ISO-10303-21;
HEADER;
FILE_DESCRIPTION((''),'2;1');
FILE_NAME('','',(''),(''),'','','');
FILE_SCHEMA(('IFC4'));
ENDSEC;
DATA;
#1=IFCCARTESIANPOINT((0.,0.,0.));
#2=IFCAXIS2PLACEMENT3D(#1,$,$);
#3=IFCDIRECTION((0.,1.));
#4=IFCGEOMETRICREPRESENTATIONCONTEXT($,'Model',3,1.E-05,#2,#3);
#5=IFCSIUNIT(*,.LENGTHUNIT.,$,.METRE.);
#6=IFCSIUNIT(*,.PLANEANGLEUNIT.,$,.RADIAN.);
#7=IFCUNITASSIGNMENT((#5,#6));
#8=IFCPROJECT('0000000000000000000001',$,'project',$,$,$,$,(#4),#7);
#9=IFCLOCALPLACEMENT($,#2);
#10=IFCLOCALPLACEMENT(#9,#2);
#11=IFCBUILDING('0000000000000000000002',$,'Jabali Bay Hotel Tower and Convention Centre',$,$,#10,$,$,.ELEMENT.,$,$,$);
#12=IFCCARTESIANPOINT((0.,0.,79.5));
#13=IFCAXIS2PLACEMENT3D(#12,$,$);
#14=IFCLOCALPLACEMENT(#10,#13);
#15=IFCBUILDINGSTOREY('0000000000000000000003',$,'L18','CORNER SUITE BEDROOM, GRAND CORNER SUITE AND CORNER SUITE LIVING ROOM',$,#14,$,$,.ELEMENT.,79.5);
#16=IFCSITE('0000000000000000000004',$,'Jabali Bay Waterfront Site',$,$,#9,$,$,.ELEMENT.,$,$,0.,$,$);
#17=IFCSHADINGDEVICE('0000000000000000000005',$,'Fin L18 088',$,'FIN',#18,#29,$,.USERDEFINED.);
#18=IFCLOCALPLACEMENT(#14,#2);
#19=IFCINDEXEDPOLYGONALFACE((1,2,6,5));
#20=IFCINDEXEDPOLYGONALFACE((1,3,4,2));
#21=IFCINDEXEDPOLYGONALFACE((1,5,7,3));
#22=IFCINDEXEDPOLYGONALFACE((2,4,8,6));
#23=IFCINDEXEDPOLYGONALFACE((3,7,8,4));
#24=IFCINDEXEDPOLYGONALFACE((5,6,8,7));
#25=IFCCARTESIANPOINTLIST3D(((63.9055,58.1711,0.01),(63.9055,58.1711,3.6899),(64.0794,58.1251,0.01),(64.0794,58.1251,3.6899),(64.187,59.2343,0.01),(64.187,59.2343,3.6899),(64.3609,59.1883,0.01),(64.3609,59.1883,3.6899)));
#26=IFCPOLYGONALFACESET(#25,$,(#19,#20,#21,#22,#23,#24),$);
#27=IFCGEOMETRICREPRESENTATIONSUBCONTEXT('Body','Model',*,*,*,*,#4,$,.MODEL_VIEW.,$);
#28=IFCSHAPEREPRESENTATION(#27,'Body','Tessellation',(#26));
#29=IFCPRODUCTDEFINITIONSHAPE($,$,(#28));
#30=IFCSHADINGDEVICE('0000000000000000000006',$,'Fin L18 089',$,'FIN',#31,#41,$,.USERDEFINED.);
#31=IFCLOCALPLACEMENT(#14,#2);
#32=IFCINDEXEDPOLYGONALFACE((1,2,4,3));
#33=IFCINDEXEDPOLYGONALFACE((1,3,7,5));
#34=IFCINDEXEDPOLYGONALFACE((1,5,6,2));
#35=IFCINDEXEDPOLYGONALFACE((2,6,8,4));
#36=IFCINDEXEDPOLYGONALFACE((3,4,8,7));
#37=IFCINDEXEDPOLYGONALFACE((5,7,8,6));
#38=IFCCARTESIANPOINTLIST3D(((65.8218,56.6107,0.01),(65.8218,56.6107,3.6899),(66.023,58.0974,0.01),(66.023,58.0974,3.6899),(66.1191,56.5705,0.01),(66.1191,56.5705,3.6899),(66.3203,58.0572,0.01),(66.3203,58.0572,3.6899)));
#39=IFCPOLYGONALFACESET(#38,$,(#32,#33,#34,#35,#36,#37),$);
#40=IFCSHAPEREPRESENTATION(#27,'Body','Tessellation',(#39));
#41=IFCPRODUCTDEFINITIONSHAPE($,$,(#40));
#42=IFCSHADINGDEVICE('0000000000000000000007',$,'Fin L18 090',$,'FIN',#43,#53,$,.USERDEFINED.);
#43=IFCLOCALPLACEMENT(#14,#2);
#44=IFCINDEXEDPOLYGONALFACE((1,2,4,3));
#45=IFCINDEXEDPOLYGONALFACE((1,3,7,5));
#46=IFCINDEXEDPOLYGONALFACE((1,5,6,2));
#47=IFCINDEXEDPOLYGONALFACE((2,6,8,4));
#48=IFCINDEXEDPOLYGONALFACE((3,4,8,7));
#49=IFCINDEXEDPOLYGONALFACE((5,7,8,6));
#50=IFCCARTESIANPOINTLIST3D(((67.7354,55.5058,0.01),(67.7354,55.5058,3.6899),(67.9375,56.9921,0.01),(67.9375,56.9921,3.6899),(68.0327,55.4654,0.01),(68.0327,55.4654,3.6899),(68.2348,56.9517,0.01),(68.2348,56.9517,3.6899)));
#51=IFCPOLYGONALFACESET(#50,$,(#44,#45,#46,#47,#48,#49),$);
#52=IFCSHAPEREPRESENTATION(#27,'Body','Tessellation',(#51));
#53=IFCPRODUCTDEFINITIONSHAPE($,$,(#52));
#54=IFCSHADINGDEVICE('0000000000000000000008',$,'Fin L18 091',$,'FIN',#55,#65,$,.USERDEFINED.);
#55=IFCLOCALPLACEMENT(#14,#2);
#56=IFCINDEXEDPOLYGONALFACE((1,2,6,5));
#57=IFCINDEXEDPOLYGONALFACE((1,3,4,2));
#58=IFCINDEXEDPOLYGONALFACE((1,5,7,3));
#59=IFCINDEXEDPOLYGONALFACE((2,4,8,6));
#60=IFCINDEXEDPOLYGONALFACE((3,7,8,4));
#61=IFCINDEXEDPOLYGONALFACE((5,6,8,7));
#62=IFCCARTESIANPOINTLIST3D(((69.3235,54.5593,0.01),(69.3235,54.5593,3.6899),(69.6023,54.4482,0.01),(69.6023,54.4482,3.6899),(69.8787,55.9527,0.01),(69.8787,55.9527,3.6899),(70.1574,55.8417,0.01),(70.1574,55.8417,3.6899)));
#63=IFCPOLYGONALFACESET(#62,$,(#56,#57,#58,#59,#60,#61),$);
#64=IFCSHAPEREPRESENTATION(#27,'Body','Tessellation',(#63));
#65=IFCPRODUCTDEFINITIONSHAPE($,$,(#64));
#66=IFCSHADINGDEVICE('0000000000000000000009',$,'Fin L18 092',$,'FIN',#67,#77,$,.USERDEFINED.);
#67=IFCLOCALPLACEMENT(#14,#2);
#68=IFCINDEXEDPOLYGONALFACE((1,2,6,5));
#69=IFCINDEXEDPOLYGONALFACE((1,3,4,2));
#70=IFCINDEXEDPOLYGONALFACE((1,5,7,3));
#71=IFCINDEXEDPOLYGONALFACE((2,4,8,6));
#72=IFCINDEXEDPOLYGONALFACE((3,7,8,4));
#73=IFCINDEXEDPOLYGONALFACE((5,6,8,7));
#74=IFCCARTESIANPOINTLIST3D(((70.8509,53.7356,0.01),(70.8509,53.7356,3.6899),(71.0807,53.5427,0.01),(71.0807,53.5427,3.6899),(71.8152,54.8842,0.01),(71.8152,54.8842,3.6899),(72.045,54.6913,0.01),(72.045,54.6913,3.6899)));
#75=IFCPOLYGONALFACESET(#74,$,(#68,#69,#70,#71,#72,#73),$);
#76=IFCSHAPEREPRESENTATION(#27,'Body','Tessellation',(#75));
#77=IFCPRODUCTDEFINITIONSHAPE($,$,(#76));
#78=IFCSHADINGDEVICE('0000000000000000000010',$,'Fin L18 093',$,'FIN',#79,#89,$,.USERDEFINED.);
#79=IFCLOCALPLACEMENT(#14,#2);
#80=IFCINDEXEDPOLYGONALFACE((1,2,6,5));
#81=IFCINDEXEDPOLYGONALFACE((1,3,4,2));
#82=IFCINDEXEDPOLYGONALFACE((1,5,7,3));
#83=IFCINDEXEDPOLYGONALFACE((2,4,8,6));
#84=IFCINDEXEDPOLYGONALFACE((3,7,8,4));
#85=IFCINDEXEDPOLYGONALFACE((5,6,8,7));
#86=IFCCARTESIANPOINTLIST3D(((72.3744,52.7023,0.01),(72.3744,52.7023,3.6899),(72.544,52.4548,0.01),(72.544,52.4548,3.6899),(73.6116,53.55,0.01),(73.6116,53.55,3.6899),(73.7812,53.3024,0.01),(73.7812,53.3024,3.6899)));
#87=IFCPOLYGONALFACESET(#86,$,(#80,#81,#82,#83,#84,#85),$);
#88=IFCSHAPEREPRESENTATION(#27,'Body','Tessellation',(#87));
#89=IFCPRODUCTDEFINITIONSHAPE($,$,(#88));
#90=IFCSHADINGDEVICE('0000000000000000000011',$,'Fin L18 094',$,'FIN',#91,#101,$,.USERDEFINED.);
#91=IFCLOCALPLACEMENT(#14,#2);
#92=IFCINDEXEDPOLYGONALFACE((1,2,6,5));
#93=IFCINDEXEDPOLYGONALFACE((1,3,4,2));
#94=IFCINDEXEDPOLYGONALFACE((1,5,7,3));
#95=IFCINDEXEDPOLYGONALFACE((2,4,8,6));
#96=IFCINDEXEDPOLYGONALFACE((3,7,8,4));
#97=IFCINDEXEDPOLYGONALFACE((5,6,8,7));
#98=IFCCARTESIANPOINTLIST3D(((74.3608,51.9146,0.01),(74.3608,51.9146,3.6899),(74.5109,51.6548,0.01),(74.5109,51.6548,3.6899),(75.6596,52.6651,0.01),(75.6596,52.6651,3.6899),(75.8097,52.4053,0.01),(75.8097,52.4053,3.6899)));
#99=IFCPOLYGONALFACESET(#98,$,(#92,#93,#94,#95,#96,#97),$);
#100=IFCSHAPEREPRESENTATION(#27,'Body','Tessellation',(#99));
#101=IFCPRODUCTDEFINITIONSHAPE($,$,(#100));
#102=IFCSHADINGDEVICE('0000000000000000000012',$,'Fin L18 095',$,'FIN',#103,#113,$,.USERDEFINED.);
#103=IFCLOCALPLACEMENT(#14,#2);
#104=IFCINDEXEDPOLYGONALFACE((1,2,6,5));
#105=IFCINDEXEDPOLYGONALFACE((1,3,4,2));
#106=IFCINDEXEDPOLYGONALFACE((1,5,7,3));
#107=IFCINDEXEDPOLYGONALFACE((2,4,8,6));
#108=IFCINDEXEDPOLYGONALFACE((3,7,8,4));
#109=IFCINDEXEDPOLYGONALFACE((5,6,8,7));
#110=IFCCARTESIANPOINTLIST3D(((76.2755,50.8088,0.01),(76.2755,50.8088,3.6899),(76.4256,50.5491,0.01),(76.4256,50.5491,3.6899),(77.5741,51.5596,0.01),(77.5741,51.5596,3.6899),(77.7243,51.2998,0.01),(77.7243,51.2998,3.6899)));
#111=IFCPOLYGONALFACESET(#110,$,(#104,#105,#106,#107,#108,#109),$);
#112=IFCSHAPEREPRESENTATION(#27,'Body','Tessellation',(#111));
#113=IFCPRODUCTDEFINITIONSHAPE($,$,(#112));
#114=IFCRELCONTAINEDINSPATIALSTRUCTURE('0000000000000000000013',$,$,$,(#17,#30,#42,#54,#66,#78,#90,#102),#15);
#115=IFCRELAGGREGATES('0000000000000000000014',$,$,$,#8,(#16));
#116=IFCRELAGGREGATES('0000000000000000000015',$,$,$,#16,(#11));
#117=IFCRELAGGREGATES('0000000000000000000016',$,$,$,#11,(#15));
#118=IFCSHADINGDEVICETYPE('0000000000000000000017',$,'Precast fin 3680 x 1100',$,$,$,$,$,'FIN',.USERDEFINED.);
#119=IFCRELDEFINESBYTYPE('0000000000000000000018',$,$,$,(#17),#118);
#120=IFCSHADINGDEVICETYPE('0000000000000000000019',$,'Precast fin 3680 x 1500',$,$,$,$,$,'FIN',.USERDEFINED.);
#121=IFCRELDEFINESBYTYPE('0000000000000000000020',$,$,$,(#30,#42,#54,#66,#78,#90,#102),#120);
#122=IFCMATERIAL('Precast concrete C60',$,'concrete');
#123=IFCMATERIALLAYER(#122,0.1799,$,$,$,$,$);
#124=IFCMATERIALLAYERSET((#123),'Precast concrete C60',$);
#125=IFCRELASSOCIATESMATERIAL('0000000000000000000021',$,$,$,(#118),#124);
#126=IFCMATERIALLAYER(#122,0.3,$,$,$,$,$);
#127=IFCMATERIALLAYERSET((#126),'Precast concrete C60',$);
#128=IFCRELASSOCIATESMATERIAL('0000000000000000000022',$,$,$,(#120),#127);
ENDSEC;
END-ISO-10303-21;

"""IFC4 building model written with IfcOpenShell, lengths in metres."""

from ifc_helpers import new_model, si_unit, direction, frame, frame_2d, origin, place, context, subcontext, project, spatial, rectangle, extrude, material, layer, layer_set, type_object, element, save


model = new_model("IFC4")

# Units and contexts
model_context = context("Model", 3, precision=1e-05, world=origin(), true_north=direction((0.0, 1.0)))
body_context = subcontext(model_context, "Body", "Model", "MODEL_VIEW")
ifc_project = project(units=[si_unit("LENGTHUNIT", "METRE"), si_unit("PLANEANGLEUNIT", "RADIAN")], contexts=[model_context])

# Site, building, storey
site_placement = place(None, origin())
site = spatial("IfcSite", under=ifc_project, at=site_placement, Name="Jabali Bay Waterfront Site", CompositionType="ELEMENT", RefElevation=0.0)
building_placement = place(site_placement, origin())
building = spatial("IfcBuilding", under=site, at=building_placement, Name="Jabali Bay Hotel Tower and Convention Centre", CompositionType="ELEMENT")
storey_placement = place(building_placement, frame((0.0, 0.0, 79.5)))
storey = spatial("IfcBuildingStorey", under=building, at=storey_placement, Name="L18", Description="CORNER SUITE BEDROOM, GRAND CORNER SUITE AND CORNER SUITE LIVING ROOM", CompositionType="ELEMENT", Elevation=79.5)

# Shading devices
ifc_material_1 = material(Name="Precast concrete C60", Category="concrete")
ifc_layer_1 = layer(ifc_material_1, 0.1799)
ifc_layer_set_1 = layer_set([ifc_layer_1], Name="Precast concrete C60")
shading_device_type_1 = type_object("IfcShadingDeviceType", Name="Precast fin 3680 x 1100", ElementType="FIN", PredefinedType="USERDEFINED", material=ifc_layer_set_1)
shading_device_1_placement = place(storey_placement, frame((64.2739, 59.2112, 0.01), z_axis=(0.0, 0.0, 1.0), x_axis=(-0.255935, -0.966694, 0.0)))
element("IfcShadingDevice", 1, at=shading_device_1_placement, inside=storey, type_object=shading_device_type_1, Name="Fin L18 088", ObjectType="FIN", PredefinedType="USERDEFINED", context=body_context, shape_type="SweptSolid", body=[
    extrude(rectangle(XDim=1.0999, YDim=0.1799, at=frame_2d((0.5498, 0.0))), origin(), (0.0, 0.0, 1.0), 3.6799),
])
ifc_layer_2 = layer(ifc_material_1, 0.3)
ifc_layer_set_2 = layer_set([ifc_layer_2], Name="Precast concrete C60")
shading_device_type_2 = type_object("IfcShadingDeviceType", Name="Precast fin 3680 x 1500", ElementType="FIN", PredefinedType="USERDEFINED", material=ifc_layer_set_2)
shading_device_2_placement = place(storey_placement, frame((66.1716, 58.0771, 0.01), z_axis=(0.0, 0.0, 1.0), x_axis=(-0.134104, -0.990967, 0.0)))
element("IfcShadingDevice", 2, at=shading_device_2_placement, inside=storey, type_object=shading_device_type_2, Name="Fin L18 089", ObjectType="FIN", PredefinedType="USERDEFINED", context=body_context, shape_type="SweptSolid", body=[
    extrude(rectangle(XDim=1.5002, YDim=0.3, at=frame_2d((0.75, 0.0))), origin(), (0.0, 0.0, 1.0), 3.6799),
])
for number, where, z_axis, x_axis, name in (
    (3, (68.0862, 56.9719, 0.01), (0.0, 0.0, 1.0), (-0.134765, -0.990878, 0.0), "Fin L18 090"),
    (4, (70.0181, 55.8972, 0.01), (0.0, 0.0, 1.0), (-0.3701, -0.928992, 0.0), "Fin L18 091"),
):
    element("IfcShadingDevice", number, at=place(storey_placement, frame(where, z_axis=z_axis, x_axis=x_axis)), inside=storey, type_object=shading_device_type_2, Name=name, ObjectType="FIN", PredefinedType="USERDEFINED", context=body_context, shape_type="SweptSolid", body=[
        extrude(rectangle(XDim=1.5, YDim=0.3, at=frame_2d((0.75, 0.0))), origin(), (0.0, 0.0, 1.0), 3.6799),
    ])
for number, where, z_axis, x_axis, name in (
    (5, (71.9302, 54.7878, 0.01), (0.0, 0.0, 1.0), (-0.642982, -0.765881, 0.0), "Fin L18 092"),
    (6, (73.6965, 53.4263, 0.01), (0.0, 0.0, 1.0), (-0.824972, -0.565174, 0.0), "Fin L18 093"),
):
    element("IfcShadingDevice", number, at=place(storey_placement, frame(where, z_axis=z_axis, x_axis=x_axis)), inside=storey, type_object=shading_device_type_2, Name=name, ObjectType="FIN", PredefinedType="USERDEFINED", context=body_context, shape_type="SweptSolid", body=[
        extrude(rectangle(XDim=1.4998, YDim=0.3, at=frame_2d((0.75, 0.0))), origin(), (0.0, 0.0, 1.0), 3.6799),
    ])
for number, where, z_axis, x_axis, name in (
    (7, (75.7346, 52.5352, 0.01), (0.0, 0.0, 1.0), (-0.865849, -0.500305, 0.0), "Fin L18 094"),
    (8, (77.6492, 51.4297, 0.01), (0.0, 0.0, 1.0), (-0.865738, -0.500497, 0.0), "Fin L18 095"),
):
    element("IfcShadingDevice", number, at=place(storey_placement, frame(where, z_axis=z_axis, x_axis=x_axis)), inside=storey, type_object=shading_device_type_2, Name=name, ObjectType="FIN", PredefinedType="USERDEFINED", context=body_context, shape_type="SweptSolid", body=[
        extrude(rectangle(XDim=1.5, YDim=0.3, at=frame_2d((0.75, 0.0))), origin(), (0.0, 0.0, 1.0), 3.6799),
    ])

save(model, "model.ifc")
